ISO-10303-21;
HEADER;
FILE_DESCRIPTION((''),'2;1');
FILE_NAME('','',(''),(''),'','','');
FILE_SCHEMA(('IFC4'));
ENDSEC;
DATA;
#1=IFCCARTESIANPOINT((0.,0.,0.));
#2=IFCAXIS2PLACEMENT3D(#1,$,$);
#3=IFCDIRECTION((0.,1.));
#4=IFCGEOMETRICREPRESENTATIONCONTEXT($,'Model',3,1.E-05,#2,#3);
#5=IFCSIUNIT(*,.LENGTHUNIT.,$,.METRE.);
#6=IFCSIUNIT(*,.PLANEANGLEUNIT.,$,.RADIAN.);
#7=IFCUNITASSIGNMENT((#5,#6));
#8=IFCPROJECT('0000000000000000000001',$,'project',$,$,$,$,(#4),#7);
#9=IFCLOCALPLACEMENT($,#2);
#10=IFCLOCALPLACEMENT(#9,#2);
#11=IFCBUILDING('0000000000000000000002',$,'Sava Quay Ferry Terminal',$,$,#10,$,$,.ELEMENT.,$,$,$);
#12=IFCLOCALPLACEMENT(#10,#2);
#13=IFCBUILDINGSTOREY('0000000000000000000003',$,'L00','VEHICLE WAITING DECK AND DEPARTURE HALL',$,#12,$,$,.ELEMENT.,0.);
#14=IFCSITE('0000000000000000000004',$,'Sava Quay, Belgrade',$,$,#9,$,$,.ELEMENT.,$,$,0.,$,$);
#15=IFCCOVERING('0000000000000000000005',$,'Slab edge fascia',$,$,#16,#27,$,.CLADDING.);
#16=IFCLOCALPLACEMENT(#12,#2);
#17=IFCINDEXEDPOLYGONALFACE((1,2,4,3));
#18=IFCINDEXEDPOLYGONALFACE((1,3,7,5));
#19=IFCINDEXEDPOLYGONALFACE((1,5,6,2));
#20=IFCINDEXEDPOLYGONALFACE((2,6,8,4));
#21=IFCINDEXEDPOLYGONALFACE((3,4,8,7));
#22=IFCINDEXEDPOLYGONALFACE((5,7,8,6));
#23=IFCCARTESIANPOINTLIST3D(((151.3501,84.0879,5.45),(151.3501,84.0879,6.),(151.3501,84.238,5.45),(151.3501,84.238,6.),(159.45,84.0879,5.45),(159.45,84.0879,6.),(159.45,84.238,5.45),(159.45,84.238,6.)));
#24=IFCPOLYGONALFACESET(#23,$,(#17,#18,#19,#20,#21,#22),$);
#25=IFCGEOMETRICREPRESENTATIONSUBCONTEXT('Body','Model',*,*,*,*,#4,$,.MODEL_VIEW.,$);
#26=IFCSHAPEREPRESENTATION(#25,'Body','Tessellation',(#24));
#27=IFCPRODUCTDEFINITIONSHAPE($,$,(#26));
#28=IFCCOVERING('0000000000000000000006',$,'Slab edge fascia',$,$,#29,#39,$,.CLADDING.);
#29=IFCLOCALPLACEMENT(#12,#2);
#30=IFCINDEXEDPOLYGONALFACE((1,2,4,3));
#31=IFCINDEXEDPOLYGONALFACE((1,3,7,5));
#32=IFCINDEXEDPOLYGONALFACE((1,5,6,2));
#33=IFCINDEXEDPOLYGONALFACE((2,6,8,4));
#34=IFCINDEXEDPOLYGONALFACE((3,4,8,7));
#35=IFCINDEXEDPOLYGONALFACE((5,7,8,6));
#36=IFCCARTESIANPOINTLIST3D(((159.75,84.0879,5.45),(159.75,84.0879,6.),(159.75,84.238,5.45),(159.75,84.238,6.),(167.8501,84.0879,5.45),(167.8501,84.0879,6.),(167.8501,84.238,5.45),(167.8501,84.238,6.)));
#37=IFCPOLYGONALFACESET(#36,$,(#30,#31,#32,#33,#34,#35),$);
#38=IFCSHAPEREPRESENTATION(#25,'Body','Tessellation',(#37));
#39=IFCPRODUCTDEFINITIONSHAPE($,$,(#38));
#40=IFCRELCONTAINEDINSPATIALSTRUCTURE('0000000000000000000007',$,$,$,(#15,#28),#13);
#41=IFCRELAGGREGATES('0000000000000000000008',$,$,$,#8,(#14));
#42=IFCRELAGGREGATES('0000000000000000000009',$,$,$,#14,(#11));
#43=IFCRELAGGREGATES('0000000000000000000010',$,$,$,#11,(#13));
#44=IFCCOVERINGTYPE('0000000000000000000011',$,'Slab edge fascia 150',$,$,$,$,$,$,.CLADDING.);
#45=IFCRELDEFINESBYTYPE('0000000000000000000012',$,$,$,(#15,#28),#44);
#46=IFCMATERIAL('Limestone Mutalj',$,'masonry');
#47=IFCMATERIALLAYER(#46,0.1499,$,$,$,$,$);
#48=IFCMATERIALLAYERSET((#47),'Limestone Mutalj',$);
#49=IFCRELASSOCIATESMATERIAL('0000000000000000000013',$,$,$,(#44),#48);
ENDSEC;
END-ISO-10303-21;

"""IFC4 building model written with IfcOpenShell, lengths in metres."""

from ifc_helpers import new_model, si_unit, direction, frame, origin, place, context, subcontext, project, spatial, polyline, outline, extrude, material, layer, layer_set, type_object, element, save


model = new_model("IFC4")

# Units and contexts
model_context = context("Model", 3, precision=1e-05, world=origin(), true_north=direction((0.0, 1.0)))
body_context = subcontext(model_context, "Body", "Model", "MODEL_VIEW")
ifc_project = project(units=[si_unit("LENGTHUNIT", "METRE"), si_unit("PLANEANGLEUNIT", "RADIAN")], contexts=[model_context])

# Site, building, storey
site_placement = place(None, origin())
site = spatial("IfcSite", under=ifc_project, at=site_placement, Name="Sava Quay, Belgrade", CompositionType="ELEMENT", RefElevation=0.0)
building_placement = place(site_placement, origin())
building = spatial("IfcBuilding", under=site, at=building_placement, Name="Sava Quay Ferry Terminal", CompositionType="ELEMENT")
storey_placement = place(building_placement, origin())
storey = spatial("IfcBuildingStorey", under=building, at=storey_placement, Name="L00", Description="VEHICLE WAITING DECK AND DEPARTURE HALL", CompositionType="ELEMENT", Elevation=0.0)

# Coverings
ifc_material = material(Name="Limestone Mutalj", Category="masonry")
ifc_layer = layer(ifc_material, 0.1499)
ifc_layer_set = layer_set([ifc_layer], Name="Limestone Mutalj")
covering_type = type_object("IfcCoveringType", Name="Slab edge fascia 150", PredefinedType="CLADDING", material=ifc_layer_set)
covering_1_placement = place(storey_placement, frame((0.0, 0.0, 5.45)))
element("IfcCovering", 1, at=covering_1_placement, inside=storey, type_object=covering_type, Name="Slab edge fascia", PredefinedType="CLADDING", context=body_context, shape_type="SweptSolid", body=[
    extrude(outline(polyline([(151.3501, 84.238), (151.3501, 84.0879), (159.45, 84.0879), (159.45, 84.238), (151.3501, 84.238)])), origin(), (0.0, 0.0, 1.0), 0.55),
])
covering_2_placement = place(storey_placement, frame((0.0, 0.0, 5.45)))
element("IfcCovering", 2, at=covering_2_placement, inside=storey, type_object=covering_type, Name="Slab edge fascia", PredefinedType="CLADDING", context=body_context, shape_type="SweptSolid", body=[
    extrude(outline(polyline([(159.75, 84.238), (159.75, 84.0879), (167.8501, 84.0879), (167.8501, 84.238), (159.75, 84.238)])), origin(), (0.0, 0.0, 1.0), 0.55),
])

save(model, "model.ifc")
